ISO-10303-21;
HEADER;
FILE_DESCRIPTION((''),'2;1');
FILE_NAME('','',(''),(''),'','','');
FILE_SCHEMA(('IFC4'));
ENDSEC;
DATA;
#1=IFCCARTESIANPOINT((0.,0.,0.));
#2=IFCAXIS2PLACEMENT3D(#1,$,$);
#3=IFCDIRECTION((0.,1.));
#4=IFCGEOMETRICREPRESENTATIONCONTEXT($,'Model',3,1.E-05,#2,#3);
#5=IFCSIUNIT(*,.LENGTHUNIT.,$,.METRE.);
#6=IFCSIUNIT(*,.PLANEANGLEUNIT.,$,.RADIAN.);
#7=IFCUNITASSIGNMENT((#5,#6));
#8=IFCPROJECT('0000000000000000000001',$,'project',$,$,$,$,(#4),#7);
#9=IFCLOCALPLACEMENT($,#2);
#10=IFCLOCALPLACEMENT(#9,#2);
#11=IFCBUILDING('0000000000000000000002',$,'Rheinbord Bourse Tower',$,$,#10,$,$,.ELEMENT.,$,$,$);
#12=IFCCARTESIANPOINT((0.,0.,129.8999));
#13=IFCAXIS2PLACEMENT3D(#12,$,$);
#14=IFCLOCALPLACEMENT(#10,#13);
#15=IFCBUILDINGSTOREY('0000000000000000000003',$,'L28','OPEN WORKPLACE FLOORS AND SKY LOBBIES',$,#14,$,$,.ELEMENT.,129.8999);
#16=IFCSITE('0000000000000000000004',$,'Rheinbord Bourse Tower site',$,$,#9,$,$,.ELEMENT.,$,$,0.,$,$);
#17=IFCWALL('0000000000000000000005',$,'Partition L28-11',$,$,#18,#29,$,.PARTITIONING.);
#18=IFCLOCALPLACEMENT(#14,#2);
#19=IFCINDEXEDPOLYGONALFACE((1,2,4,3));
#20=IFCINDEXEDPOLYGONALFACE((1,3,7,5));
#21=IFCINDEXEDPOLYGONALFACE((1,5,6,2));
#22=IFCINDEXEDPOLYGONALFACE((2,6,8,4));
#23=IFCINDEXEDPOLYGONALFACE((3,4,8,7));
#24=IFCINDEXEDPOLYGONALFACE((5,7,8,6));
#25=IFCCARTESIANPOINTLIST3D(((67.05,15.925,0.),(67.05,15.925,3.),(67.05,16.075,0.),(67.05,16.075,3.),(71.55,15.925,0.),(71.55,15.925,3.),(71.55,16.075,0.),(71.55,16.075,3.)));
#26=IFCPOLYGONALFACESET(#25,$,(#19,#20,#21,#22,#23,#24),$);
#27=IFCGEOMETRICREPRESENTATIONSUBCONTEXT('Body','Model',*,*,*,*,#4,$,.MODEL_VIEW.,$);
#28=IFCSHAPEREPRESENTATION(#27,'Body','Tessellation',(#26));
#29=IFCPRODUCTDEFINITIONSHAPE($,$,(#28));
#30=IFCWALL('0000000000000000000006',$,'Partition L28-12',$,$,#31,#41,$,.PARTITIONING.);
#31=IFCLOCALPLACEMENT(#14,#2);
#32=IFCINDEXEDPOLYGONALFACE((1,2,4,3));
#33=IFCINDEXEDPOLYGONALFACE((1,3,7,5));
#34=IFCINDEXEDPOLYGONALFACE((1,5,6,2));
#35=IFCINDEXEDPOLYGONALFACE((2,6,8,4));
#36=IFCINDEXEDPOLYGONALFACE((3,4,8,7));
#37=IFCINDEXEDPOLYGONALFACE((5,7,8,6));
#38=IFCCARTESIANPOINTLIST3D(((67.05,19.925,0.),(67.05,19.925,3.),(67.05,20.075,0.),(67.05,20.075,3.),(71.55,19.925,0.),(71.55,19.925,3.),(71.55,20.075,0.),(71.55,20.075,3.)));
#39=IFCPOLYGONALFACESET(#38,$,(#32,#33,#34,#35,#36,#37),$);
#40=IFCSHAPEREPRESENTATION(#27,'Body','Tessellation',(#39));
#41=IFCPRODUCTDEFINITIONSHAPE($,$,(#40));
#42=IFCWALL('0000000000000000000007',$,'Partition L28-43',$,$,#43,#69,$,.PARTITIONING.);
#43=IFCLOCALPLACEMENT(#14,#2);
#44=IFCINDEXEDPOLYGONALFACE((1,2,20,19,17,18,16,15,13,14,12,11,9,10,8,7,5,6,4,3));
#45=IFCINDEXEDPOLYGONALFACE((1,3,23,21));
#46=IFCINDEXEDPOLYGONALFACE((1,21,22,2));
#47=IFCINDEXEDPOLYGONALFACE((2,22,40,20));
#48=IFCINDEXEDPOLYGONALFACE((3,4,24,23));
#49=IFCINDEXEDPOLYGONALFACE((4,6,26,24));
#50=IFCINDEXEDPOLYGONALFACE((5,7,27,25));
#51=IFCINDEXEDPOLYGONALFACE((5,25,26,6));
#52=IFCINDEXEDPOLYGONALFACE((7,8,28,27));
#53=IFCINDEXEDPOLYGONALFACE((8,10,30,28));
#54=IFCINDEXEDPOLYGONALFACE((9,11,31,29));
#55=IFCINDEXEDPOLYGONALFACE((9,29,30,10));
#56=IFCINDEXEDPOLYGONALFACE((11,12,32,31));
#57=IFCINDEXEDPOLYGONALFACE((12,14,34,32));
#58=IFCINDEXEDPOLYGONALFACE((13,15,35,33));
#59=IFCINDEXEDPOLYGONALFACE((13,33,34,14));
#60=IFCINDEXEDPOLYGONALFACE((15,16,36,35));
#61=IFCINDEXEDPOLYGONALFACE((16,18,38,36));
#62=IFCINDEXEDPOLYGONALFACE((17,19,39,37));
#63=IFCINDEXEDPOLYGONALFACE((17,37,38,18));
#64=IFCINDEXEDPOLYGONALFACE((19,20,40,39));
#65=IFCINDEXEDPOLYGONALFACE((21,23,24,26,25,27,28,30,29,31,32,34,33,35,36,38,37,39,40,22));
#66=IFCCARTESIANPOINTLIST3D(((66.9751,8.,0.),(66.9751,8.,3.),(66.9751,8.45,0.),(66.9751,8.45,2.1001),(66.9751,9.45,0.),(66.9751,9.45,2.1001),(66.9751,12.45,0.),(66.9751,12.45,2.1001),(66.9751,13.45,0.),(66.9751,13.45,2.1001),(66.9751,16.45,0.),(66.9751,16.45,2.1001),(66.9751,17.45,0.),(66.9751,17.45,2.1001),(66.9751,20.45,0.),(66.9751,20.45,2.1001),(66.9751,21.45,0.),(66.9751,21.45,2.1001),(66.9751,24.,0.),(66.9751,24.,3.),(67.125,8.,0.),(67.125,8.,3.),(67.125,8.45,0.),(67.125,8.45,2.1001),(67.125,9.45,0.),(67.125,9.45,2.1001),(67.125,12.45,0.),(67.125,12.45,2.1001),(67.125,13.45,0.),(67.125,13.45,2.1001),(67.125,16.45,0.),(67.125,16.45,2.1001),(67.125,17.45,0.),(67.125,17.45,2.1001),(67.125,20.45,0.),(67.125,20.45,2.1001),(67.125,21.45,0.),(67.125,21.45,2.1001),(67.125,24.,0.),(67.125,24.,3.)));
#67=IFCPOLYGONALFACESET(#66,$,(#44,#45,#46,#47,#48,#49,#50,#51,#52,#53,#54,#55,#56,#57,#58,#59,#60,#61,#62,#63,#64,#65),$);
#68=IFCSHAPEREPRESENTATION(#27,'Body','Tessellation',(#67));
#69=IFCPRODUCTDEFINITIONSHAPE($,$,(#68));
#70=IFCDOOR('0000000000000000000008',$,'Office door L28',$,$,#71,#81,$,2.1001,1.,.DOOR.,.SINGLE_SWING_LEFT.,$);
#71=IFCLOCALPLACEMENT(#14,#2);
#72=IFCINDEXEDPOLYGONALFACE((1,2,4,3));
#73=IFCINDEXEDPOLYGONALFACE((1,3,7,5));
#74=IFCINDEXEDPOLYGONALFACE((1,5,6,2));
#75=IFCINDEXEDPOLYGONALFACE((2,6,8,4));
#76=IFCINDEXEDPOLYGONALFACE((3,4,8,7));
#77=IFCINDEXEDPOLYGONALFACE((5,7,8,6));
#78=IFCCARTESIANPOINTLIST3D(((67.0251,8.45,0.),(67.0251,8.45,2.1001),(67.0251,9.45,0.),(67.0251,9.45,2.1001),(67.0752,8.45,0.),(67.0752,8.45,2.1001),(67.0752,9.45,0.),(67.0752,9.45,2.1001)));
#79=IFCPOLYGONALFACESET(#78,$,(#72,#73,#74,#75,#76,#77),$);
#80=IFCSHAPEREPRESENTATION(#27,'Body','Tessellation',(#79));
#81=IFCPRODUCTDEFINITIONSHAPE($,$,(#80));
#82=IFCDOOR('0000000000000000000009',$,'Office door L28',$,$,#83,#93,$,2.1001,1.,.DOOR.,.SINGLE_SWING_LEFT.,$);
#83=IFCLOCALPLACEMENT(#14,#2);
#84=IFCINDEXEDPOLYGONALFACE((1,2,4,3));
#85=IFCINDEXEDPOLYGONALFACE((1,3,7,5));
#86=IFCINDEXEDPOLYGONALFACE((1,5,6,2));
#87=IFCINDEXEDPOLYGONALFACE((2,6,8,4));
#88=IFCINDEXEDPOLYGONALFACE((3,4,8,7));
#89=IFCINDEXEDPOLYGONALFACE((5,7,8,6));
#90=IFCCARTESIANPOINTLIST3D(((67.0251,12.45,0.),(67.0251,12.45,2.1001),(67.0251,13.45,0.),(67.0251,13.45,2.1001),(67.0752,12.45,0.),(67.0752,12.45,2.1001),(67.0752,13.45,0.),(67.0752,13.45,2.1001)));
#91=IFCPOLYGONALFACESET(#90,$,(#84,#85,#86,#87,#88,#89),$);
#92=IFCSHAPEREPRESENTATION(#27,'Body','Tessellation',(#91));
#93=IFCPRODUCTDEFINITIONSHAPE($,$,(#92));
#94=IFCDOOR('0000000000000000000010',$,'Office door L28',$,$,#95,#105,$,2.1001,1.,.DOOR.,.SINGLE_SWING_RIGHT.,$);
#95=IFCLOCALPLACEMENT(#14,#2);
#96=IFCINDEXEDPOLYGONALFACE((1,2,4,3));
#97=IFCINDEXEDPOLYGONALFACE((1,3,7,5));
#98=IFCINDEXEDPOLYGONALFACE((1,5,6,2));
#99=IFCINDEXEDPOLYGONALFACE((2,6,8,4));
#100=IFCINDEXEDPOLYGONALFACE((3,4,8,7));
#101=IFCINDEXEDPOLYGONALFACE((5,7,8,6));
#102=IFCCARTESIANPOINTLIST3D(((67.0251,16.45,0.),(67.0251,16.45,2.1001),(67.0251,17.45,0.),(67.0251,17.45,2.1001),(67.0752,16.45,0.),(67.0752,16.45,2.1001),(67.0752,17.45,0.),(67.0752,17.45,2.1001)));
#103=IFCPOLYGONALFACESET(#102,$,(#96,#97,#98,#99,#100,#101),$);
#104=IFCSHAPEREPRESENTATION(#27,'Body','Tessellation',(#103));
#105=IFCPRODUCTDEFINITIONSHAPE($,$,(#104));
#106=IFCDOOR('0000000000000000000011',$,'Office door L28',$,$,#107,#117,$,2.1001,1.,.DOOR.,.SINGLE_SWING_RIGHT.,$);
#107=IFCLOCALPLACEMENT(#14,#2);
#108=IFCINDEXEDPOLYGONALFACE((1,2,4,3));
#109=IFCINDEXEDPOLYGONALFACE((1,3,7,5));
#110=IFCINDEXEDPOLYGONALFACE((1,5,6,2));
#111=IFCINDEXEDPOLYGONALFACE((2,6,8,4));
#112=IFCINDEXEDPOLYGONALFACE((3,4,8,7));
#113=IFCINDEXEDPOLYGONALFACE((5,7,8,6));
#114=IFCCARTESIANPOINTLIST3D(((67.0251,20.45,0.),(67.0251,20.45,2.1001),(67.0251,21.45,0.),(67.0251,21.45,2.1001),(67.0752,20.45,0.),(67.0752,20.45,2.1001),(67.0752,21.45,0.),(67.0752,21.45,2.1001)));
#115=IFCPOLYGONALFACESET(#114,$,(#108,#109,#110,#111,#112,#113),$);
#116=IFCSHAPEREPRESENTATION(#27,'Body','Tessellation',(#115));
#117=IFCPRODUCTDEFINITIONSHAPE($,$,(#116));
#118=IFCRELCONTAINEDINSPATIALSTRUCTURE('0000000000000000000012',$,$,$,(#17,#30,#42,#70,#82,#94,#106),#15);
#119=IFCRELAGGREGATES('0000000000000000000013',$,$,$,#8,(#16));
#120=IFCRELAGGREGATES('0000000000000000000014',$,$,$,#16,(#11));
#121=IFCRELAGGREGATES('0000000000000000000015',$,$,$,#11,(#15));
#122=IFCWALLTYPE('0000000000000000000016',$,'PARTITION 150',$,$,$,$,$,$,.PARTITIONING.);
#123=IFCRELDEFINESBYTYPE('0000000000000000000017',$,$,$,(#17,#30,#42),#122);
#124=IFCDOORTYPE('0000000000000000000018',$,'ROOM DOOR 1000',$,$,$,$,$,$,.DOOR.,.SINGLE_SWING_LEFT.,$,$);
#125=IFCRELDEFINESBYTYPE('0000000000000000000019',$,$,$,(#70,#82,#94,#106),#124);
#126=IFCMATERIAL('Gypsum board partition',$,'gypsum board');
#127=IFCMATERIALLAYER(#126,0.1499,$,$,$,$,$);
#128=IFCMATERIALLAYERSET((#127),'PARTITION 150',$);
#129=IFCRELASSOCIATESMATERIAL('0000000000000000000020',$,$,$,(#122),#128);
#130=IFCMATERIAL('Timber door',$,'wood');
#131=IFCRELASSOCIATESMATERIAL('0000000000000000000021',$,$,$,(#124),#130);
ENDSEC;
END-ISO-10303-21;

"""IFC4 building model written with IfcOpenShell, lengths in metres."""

from ifc_helpers import new_model, si_unit, direction, frame, frame_2d, origin, place, context, subcontext, project, spatial, rectangle, extrude, material, layer, layer_set, type_object, element, fill, save


model = new_model("IFC4")

# Units and contexts
model_context = context("Model", 3, precision=1e-05, world=origin(), true_north=direction((0.0, 1.0)))
body_context = subcontext(model_context, "Body", "Model", "MODEL_VIEW")
ifc_project = project(units=[si_unit("LENGTHUNIT", "METRE"), si_unit("PLANEANGLEUNIT", "RADIAN")], contexts=[model_context])

# Site, building, storey
site_placement = place(None, origin())
site = spatial("IfcSite", under=ifc_project, at=site_placement, Name="Rheinbord Bourse Tower site", CompositionType="ELEMENT", RefElevation=0.0)
building_placement = place(site_placement, origin())
building = spatial("IfcBuilding", under=site, at=building_placement, Name="Rheinbord Bourse Tower", CompositionType="ELEMENT")
storey_placement = place(building_placement, frame((0.0, 0.0, 129.8999)))
storey = spatial("IfcBuildingStorey", under=building, at=storey_placement, Name="L28", Description="OPEN WORKPLACE FLOORS AND SKY LOBBIES", CompositionType="ELEMENT", Elevation=129.8999)

# Walls
ifc_material_1 = material(Name="Gypsum board partition", Category="gypsum board")
ifc_layer_1 = layer(ifc_material_1, 0.1499)
ifc_layer_set_1 = layer_set([ifc_layer_1], Name="PARTITION 150")
wall_type = type_object("IfcWallType", Name="PARTITION 150", PredefinedType="PARTITIONING", material=ifc_layer_set_1)
for number, where, z_axis, x_axis, name in (
    (1, (67.05, 16.0, 0.0), (0.0, 0.0, 1.0), (1.0, 0.0, 0.0), "Partition L28-11"),
    (2, (67.05, 20.0, 0.0), (0.0, 0.0, 1.0), (1.0, 0.0, 0.0), "Partition L28-12"),
):
    element("IfcWall", number, at=place(storey_placement, frame(where, z_axis=z_axis, x_axis=x_axis)), inside=storey, type_object=wall_type, Name=name, PredefinedType="PARTITIONING", context=body_context, shape_type="SweptSolid", body=[
        extrude(rectangle(XDim=4.5, YDim=0.1499, at=frame_2d((2.25, 0.0))), origin(), (0.0, 0.0, 1.0), 3.0),
    ])

# Wall, openings, doors
wall_placement = place(storey_placement, frame((67.05, 8.0, 0.0), z_axis=(0.0, 0.0, 1.0), x_axis=(0.0, 1.0, 0.0)))
wall = element("IfcWall", 3, at=wall_placement, inside=storey, type_object=wall_type, Name="Partition L28-43", PredefinedType="PARTITIONING", context=body_context, shape_type="SweptSolid", body=[
    extrude(rectangle(XDim=16.0, YDim=0.1499, at=frame_2d((8.0, 0.0))), origin(), (0.0, 0.0, 1.0), 3.0),
])
opening_1_placement = place(wall_placement, frame((0.45, 0.0, 0.0)))
opening_1 = element("IfcOpeningElement", 4, at=opening_1_placement, cuts=wall, PredefinedType="OPENING", context=body_context, shape_type="SweptSolid", body=[
    extrude(rectangle(XDim=1.0, YDim=2.1001, at=frame_2d((0.5, 1.05))), frame((0.0, 0.085, 0.0), z_axis=(0.0, -1.0, 0.0), x_axis=(1.0, 0.0, 0.0)), (0.0, 0.0, 1.0), 0.1699),
])
opening_2_placement = place(wall_placement, frame((4.45, 0.0, 0.0)))
opening_2 = element("IfcOpeningElement", 5, at=opening_2_placement, cuts=wall, PredefinedType="OPENING", context=body_context, shape_type="SweptSolid", body=[
    extrude(rectangle(XDim=1.0, YDim=2.1001, at=frame_2d((0.5, 1.05))), frame((0.0, 0.085, 0.0), z_axis=(0.0, -1.0, 0.0), x_axis=(1.0, 0.0, 0.0)), (0.0, 0.0, 1.0), 0.1699),
])
opening_3_placement = place(wall_placement, frame((8.45, 0.0, 0.0)))
opening_3 = element("IfcOpeningElement", 6, at=opening_3_placement, cuts=wall, PredefinedType="OPENING", context=body_context, shape_type="SweptSolid", body=[
    extrude(rectangle(XDim=1.0, YDim=2.1001, at=frame_2d((0.5, 1.05))), frame((0.0, 0.085, 0.0), z_axis=(0.0, -1.0, 0.0), x_axis=(1.0, 0.0, 0.0)), (0.0, 0.0, 1.0), 0.1699),
])
opening_4_placement = place(wall_placement, frame((12.45, 0.0, 0.0)))
opening_4 = element("IfcOpeningElement", 7, at=opening_4_placement, cuts=wall, PredefinedType="OPENING", context=body_context, shape_type="SweptSolid", body=[
    extrude(rectangle(XDim=1.0, YDim=2.1001, at=frame_2d((0.5, 1.05))), frame((0.0, 0.085, 0.0), z_axis=(0.0, -1.0, 0.0), x_axis=(1.0, 0.0, 0.0)), (0.0, 0.0, 1.0), 0.1699),
])
ifc_material_2 = material(Name="Timber door", Category="wood")
door_type = type_object("IfcDoorType", Name="ROOM DOOR 1000", OperationType="SINGLE_SWING_LEFT", PredefinedType="DOOR", material=ifc_material_2)
door_1_placement = place(opening_1_placement, origin())
door_1 = element("IfcDoor", 8, at=door_1_placement, inside=storey, type_object=door_type, Name="Office door L28", OperationType="SINGLE_SWING_LEFT", OverallHeight=2.1001, OverallWidth=1.0, PredefinedType="DOOR", context=body_context, shape_type="SweptSolid", body=[
    extrude(rectangle(XDim=1.0, YDim=2.1001, at=frame_2d((0.5, 1.05))), frame((0.0, 0.0249, 0.0), z_axis=(0.0, -1.0, 0.0), x_axis=(1.0, 0.0, 0.0)), (0.0, 0.0, 1.0), 0.05),
])
fill(opening_1, door_1)
door_2_placement = place(opening_2_placement, origin())
door_2 = element("IfcDoor", 9, at=door_2_placement, inside=storey, type_object=door_type, Name="Office door L28", OperationType="SINGLE_SWING_LEFT", OverallHeight=2.1001, OverallWidth=1.0, PredefinedType="DOOR", context=body_context, shape_type="SweptSolid", body=[
    extrude(rectangle(XDim=1.0, YDim=2.1001, at=frame_2d((0.5, 1.05))), frame((0.0, 0.0249, 0.0), z_axis=(0.0, -1.0, 0.0), x_axis=(1.0, 0.0, 0.0)), (0.0, 0.0, 1.0), 0.05),
])
fill(opening_2, door_2)
door_3_placement = place(opening_3_placement, origin())
door_3 = element("IfcDoor", 10, at=door_3_placement, inside=storey, type_object=door_type, Name="Office door L28", OperationType="SINGLE_SWING_RIGHT", OverallHeight=2.1001, OverallWidth=1.0, PredefinedType="DOOR", context=body_context, shape_type="SweptSolid", body=[
    extrude(rectangle(XDim=1.0, YDim=2.1001, at=frame_2d((0.5, 1.05))), frame((0.0, 0.0249, 0.0), z_axis=(0.0, -1.0, 0.0), x_axis=(1.0, 0.0, 0.0)), (0.0, 0.0, 1.0), 0.05),
])
fill(opening_3, door_3)
door_4_placement = place(opening_4_placement, origin())
door_4 = element("IfcDoor", 11, at=door_4_placement, inside=storey, type_object=door_type, Name="Office door L28", OperationType="SINGLE_SWING_RIGHT", OverallHeight=2.1001, OverallWidth=1.0, PredefinedType="DOOR", context=body_context, shape_type="SweptSolid", body=[
    extrude(rectangle(XDim=1.0, YDim=2.1001, at=frame_2d((0.5, 1.05))), frame((0.0, 0.0249, 0.0), z_axis=(0.0, -1.0, 0.0), x_axis=(1.0, 0.0, 0.0)), (0.0, 0.0, 1.0), 0.05),
])
fill(opening_4, door_4)

save(model, "model.ifc")
